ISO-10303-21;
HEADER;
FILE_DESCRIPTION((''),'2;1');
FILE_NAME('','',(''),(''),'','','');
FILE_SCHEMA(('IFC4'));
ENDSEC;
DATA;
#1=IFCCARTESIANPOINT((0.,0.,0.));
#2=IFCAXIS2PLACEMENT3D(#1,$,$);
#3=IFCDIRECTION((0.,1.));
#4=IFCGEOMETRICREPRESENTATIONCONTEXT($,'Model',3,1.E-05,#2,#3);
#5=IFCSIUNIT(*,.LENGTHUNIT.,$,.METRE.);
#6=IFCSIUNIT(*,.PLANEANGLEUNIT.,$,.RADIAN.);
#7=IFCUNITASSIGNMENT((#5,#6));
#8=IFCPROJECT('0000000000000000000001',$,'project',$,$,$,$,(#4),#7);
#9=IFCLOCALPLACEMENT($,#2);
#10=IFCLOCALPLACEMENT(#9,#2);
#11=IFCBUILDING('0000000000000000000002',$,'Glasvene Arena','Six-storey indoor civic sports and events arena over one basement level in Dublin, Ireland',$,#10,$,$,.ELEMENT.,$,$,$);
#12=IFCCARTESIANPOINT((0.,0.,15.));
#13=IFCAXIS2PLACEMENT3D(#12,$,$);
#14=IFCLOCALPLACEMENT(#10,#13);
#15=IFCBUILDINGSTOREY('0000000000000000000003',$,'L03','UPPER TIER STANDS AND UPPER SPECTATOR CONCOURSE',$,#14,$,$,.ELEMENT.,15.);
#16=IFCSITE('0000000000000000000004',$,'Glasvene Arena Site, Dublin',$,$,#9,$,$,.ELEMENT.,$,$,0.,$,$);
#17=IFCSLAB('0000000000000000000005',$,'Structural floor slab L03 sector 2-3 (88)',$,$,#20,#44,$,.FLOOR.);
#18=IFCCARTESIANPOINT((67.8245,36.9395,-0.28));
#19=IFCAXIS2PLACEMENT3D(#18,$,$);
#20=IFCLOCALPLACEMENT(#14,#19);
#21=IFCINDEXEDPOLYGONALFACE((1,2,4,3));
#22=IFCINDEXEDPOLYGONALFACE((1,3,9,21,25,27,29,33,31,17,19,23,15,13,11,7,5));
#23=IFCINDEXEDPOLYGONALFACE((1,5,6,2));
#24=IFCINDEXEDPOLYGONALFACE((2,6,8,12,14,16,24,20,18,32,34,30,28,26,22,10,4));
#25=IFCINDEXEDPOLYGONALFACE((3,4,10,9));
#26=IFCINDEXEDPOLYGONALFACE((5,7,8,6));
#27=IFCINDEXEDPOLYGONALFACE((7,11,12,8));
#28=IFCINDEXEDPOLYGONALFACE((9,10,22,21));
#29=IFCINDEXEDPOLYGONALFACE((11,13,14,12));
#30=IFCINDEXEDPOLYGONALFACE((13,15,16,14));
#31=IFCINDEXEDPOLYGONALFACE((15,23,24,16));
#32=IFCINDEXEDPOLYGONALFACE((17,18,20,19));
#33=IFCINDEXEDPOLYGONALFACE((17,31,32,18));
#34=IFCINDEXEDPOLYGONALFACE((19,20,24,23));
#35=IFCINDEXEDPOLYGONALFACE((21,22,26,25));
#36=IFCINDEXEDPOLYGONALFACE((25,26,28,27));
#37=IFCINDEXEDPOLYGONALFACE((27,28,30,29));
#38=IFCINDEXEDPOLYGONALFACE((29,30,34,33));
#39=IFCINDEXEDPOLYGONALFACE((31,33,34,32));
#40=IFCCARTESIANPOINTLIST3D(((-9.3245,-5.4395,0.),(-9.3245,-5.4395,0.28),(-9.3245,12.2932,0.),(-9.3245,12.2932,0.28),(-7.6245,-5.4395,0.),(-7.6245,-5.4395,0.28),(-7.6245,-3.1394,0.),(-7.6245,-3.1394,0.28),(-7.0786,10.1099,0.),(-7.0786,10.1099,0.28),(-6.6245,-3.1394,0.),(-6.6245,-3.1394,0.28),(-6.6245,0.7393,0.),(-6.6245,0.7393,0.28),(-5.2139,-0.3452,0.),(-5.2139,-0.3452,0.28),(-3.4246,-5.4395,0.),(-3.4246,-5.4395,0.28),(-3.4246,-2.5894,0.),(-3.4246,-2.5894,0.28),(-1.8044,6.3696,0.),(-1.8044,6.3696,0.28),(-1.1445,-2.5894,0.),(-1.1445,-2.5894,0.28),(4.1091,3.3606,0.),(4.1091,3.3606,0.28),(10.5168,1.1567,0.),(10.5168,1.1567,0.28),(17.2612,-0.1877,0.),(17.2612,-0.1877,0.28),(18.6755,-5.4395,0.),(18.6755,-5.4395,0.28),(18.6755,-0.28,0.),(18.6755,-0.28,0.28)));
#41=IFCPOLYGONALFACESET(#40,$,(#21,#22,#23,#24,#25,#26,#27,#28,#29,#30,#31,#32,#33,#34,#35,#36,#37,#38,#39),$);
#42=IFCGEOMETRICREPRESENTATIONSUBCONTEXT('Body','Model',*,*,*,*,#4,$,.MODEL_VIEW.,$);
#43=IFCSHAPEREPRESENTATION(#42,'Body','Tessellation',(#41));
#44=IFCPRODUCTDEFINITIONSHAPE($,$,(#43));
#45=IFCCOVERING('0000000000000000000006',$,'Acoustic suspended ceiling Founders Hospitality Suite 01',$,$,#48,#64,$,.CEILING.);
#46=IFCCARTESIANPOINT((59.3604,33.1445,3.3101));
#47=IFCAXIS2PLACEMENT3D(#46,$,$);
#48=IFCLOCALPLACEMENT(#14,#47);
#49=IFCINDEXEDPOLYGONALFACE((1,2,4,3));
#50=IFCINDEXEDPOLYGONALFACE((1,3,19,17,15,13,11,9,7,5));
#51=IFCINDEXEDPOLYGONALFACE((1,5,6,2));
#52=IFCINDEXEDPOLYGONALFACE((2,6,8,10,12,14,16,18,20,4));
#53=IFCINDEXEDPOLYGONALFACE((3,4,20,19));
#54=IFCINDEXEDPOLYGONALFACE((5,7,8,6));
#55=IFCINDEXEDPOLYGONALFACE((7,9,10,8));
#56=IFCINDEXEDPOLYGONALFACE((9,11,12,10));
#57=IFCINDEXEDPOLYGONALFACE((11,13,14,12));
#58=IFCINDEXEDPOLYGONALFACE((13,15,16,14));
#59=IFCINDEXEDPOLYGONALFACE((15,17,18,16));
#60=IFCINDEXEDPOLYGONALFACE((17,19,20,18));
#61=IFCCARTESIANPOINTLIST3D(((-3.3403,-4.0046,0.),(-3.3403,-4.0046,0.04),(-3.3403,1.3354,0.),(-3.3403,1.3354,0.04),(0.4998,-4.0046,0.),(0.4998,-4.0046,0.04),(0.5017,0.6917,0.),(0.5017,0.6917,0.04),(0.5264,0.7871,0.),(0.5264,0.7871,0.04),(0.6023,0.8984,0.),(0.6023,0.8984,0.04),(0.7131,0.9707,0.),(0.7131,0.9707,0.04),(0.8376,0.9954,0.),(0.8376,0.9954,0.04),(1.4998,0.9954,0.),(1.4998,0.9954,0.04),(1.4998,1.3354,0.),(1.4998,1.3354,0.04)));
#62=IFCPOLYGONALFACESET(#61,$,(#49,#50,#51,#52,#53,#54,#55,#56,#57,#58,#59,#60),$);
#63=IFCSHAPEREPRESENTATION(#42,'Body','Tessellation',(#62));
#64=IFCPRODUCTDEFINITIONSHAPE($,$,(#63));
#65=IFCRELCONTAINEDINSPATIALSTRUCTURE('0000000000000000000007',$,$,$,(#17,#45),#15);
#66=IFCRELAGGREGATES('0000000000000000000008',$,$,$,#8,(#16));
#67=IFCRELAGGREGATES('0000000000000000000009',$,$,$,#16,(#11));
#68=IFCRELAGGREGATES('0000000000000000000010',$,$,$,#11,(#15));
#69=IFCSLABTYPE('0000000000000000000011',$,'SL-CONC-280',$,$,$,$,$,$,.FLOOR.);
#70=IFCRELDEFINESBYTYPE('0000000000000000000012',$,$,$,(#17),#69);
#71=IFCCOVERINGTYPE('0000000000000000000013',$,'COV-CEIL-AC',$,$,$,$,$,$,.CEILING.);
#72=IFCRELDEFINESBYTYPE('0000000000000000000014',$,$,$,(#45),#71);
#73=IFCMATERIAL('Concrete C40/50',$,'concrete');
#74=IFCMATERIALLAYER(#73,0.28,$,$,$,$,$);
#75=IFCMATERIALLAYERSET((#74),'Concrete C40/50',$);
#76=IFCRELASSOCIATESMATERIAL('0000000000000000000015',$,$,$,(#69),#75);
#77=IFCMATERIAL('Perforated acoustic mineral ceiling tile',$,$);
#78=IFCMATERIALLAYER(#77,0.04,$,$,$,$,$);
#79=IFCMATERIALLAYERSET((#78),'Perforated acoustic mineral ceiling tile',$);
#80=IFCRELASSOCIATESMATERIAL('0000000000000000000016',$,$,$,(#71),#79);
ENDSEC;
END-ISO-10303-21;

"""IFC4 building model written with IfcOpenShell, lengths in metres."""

from ifc_helpers import new_model, si_unit, direction, frame, origin, place, context, subcontext, project, spatial, polyline, outline, extrude, material, layer, layer_set, type_object, element, save


model = new_model("IFC4")

# Units and contexts
model_context = context("Model", 3, precision=1e-05, world=origin(), true_north=direction((0.0, 1.0)))
body_context = subcontext(model_context, "Body", "Model", "MODEL_VIEW")
ifc_project = project(units=[si_unit("LENGTHUNIT", "METRE"), si_unit("PLANEANGLEUNIT", "RADIAN")], contexts=[model_context])

# Site, building, storey
site_placement = place(None, origin())
site = spatial("IfcSite", under=ifc_project, at=site_placement, Name="Glasvene Arena Site, Dublin", CompositionType="ELEMENT", RefElevation=0.0)
building_placement = place(site_placement, origin())
building = spatial("IfcBuilding", under=site, at=building_placement, Name="Glasvene Arena", Description="Six-storey indoor civic sports and events arena over one basement level in Dublin, Ireland", CompositionType="ELEMENT")
storey_placement = place(building_placement, frame((0.0, 0.0, 15.0)))
storey = spatial("IfcBuildingStorey", under=building, at=storey_placement, Name="L03", Description="UPPER TIER STANDS AND UPPER SPECTATOR CONCOURSE", CompositionType="ELEMENT", Elevation=15.0)

# Slab
ifc_material_1 = material(Name="Concrete C40/50", Category="concrete")
ifc_layer_1 = layer(ifc_material_1, 0.28)
ifc_layer_set_1 = layer_set([ifc_layer_1], Name="Concrete C40/50")
slab_type = type_object("IfcSlabType", Name="SL-CONC-280", PredefinedType="FLOOR", material=ifc_layer_set_1)
slab_placement = place(storey_placement, frame((67.8245, 36.9395, -0.28)))
element("IfcSlab", 1, at=slab_placement, inside=storey, type_object=slab_type, Name="Structural floor slab L03 sector 2-3 (88)", PredefinedType="FLOOR", context=body_context, shape_type="SweptSolid", body=[
    extrude(outline(polyline([(-3.4246, -2.5894), (-1.1445, -2.5894), (-5.2139, -0.3452), (-6.6245, 0.7393), (-6.6245, -3.1394), (-7.6245, -3.1394), (-7.6245, -5.4395), (-9.3245, -5.4395), (-9.3245, 12.2932), (-7.0786, 10.1099), (-1.8044, 6.3696), (4.1091, 3.3606), (10.5168, 1.1567), (17.2612, -0.1877), (18.6755, -0.28), (18.6755, -5.4395), (-3.4246, -5.4395), (-3.4246, -2.5894)])), origin(), (0.0, 0.0, 1.0), 0.28),
])

# Covering
ifc_material_2 = material(Name="Perforated acoustic mineral ceiling tile")
ifc_layer_2 = layer(ifc_material_2, 0.04)
ifc_layer_set_2 = layer_set([ifc_layer_2], Name="Perforated acoustic mineral ceiling tile")
covering_type = type_object("IfcCoveringType", Name="COV-CEIL-AC", PredefinedType="CEILING", material=ifc_layer_set_2)
covering_placement = place(storey_placement, frame((59.3604, 33.1445, 3.3101)))
element("IfcCovering", 2, at=covering_placement, inside=storey, type_object=covering_type, Name="Acoustic suspended ceiling Founders Hospitality Suite 01", PredefinedType="CEILING", context=body_context, shape_type="SweptSolid", body=[
    extrude(outline(polyline([(0.8376, 0.9954), (0.7131, 0.9707), (0.6023, 0.8984), (0.5264, 0.7871), (0.5017, 0.6917), (0.4998, -4.0046), (-3.3403, -4.0046), (-3.3403, 1.3354), (1.4998, 1.3354), (1.4998, 0.9954), (0.8376, 0.9954)])), origin(), (0.0, 0.0, 1.0), 0.04),
])

save(model, "model.ifc")
